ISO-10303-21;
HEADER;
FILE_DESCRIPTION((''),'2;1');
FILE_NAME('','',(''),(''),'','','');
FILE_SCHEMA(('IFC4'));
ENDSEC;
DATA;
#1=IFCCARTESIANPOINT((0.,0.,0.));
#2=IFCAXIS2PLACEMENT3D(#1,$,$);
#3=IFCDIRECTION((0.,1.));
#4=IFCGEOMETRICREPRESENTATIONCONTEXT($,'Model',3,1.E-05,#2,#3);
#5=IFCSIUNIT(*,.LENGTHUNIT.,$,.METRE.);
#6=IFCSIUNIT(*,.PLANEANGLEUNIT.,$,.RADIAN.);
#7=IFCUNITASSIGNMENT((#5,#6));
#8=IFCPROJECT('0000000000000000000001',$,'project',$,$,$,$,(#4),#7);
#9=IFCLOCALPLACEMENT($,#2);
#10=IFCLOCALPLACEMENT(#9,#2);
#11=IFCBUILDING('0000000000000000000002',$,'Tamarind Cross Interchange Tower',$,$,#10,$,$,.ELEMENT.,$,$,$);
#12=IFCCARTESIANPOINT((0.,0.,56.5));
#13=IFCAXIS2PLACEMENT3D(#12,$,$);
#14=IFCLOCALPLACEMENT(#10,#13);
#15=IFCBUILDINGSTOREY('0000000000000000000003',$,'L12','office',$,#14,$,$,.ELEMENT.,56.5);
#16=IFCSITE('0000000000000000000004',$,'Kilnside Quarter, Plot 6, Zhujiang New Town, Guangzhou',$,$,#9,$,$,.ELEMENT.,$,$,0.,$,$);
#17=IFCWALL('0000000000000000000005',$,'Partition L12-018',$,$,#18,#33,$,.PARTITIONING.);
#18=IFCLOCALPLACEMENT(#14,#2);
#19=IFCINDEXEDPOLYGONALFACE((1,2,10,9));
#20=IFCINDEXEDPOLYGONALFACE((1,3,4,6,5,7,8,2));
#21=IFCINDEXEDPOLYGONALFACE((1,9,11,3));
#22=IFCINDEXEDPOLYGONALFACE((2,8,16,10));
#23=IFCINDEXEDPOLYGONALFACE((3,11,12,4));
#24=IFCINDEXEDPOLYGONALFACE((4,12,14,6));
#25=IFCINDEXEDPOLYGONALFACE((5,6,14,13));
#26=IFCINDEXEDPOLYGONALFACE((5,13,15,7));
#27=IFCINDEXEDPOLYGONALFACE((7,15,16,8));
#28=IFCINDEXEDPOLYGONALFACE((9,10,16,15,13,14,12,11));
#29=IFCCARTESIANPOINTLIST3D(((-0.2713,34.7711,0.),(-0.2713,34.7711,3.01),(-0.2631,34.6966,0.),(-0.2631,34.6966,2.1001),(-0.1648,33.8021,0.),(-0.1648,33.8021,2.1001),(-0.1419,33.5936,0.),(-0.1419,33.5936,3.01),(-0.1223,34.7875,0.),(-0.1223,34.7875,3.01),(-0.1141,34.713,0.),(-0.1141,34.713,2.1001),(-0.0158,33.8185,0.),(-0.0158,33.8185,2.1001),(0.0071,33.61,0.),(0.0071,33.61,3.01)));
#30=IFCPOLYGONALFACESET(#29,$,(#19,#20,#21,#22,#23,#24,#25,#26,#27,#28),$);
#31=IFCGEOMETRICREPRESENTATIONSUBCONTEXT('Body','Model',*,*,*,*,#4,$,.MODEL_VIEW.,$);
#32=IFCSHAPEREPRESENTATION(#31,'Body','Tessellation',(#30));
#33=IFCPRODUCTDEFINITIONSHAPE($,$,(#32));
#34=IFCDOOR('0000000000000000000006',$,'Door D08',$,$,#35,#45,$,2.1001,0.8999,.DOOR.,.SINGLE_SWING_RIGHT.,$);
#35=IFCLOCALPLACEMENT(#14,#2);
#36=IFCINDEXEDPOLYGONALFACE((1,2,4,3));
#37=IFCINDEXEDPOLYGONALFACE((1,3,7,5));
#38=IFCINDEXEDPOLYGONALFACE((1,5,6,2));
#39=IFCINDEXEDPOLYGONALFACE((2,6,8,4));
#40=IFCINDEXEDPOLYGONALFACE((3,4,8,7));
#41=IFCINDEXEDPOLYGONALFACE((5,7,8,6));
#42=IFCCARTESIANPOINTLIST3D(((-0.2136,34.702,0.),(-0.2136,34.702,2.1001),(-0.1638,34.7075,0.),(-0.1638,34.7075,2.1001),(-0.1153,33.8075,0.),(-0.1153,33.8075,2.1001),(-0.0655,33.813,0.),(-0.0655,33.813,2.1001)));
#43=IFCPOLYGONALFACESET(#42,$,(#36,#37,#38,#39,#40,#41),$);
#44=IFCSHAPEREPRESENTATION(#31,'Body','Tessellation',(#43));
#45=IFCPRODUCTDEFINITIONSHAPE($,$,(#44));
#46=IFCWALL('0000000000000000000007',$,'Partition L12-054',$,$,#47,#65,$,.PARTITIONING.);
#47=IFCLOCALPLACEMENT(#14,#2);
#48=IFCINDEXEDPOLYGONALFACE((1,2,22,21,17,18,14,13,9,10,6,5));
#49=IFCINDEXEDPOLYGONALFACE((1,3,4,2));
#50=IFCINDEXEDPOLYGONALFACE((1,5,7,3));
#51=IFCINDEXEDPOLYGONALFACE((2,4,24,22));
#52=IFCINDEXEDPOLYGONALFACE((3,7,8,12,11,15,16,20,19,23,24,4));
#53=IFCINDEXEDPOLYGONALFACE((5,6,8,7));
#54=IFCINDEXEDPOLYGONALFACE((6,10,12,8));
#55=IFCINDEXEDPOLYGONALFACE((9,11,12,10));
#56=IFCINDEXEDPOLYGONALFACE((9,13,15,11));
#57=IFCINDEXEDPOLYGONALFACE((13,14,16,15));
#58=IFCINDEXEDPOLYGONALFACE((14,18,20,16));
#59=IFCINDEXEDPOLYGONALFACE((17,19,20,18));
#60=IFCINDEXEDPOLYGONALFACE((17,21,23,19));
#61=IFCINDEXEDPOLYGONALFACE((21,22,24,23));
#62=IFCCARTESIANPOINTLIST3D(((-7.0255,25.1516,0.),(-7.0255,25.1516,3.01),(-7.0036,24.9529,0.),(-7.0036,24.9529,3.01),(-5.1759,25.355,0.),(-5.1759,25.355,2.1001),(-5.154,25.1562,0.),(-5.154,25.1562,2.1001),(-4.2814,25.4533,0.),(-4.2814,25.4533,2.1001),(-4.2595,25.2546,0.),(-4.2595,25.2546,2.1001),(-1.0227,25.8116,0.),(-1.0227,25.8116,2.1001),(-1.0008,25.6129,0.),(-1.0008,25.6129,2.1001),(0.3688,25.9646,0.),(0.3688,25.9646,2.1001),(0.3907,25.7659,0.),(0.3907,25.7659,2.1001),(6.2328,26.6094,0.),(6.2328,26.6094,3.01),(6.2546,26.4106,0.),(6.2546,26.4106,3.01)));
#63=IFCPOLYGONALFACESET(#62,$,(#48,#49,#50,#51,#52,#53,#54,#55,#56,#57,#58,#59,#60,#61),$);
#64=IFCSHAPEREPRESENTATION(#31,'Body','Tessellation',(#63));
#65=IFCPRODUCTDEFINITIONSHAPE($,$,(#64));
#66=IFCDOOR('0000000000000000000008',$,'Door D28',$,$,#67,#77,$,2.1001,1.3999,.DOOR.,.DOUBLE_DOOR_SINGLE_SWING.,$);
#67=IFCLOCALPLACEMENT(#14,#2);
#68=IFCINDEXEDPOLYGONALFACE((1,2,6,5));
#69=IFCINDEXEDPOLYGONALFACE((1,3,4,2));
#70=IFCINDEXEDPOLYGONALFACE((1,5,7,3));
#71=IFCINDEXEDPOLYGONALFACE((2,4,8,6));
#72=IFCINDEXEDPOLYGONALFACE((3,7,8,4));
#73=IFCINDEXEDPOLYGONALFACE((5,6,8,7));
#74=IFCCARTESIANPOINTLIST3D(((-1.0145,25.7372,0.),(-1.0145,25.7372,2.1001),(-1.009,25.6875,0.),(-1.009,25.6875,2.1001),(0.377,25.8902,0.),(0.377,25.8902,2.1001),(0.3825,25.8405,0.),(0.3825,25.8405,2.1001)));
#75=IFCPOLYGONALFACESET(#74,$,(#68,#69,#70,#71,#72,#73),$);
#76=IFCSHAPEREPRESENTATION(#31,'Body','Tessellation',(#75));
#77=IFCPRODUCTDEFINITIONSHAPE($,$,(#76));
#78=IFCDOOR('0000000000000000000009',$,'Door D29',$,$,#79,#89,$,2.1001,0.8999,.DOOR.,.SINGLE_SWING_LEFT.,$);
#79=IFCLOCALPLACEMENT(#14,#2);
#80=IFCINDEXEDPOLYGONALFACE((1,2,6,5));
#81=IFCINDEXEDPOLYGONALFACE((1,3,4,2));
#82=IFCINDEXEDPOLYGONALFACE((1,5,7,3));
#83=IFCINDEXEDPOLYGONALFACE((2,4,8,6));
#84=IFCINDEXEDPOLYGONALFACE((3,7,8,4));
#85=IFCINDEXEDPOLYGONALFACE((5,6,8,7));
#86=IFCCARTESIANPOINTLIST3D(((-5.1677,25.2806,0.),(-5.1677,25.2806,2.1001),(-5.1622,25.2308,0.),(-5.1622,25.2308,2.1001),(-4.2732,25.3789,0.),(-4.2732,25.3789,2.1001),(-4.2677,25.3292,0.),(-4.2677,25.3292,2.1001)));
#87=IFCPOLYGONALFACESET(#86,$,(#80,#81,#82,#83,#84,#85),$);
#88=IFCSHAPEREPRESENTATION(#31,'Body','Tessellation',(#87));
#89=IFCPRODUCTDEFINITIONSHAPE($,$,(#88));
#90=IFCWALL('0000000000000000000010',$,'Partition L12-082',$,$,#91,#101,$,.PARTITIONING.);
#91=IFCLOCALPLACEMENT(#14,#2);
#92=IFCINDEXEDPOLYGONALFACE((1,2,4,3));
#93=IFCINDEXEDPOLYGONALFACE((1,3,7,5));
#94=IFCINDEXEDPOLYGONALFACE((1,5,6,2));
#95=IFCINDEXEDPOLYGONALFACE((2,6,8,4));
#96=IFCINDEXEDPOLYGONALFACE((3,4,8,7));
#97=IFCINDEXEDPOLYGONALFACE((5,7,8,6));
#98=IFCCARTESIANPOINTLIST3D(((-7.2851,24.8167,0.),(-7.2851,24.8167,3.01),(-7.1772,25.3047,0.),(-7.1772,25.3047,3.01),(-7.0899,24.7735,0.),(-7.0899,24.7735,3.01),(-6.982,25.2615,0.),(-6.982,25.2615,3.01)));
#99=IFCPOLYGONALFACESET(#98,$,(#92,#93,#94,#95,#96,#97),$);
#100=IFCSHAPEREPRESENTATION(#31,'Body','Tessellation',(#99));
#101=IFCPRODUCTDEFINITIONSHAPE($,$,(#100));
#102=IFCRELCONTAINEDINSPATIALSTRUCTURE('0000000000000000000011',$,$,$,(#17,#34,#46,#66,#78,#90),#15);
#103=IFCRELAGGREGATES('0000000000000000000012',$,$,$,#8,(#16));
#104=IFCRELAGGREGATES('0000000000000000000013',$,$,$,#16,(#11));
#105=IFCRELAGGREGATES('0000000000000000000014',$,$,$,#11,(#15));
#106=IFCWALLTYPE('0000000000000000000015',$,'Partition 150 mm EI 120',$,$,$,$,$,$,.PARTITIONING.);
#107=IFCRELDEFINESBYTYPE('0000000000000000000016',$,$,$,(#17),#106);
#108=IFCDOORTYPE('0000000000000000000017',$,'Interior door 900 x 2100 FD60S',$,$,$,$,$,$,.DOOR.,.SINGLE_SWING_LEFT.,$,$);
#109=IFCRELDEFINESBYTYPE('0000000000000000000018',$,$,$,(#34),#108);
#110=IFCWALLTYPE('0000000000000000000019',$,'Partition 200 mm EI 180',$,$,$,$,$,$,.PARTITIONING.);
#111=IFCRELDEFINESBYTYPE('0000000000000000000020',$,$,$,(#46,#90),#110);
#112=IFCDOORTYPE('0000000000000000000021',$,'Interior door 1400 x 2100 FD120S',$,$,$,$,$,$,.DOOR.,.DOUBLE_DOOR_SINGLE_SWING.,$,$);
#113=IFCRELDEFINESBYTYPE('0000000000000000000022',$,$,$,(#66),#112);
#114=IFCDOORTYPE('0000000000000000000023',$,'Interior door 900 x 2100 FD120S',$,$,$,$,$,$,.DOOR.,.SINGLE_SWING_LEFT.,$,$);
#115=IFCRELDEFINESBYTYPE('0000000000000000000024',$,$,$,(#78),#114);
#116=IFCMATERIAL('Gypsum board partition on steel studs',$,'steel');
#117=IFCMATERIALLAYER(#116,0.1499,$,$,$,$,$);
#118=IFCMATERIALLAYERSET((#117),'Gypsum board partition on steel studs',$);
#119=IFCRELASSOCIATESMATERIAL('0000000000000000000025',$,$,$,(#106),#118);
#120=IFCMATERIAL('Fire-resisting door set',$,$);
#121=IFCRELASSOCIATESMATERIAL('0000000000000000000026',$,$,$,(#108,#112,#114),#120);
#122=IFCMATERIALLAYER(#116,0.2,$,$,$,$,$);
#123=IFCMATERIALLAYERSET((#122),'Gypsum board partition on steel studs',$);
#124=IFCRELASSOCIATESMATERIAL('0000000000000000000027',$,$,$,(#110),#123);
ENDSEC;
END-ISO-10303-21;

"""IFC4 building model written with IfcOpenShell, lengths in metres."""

from ifc_helpers import new_model, si_unit, direction, frame, frame_2d, origin, place, context, subcontext, project, spatial, rectangle, extrude, material, layer, layer_set, type_object, element, fill, save


model = new_model("IFC4")

# Units and contexts
model_context = context("Model", 3, precision=1e-05, world=origin(), true_north=direction((0.0, 1.0)))
body_context = subcontext(model_context, "Body", "Model", "MODEL_VIEW")
ifc_project = project(units=[si_unit("LENGTHUNIT", "METRE"), si_unit("PLANEANGLEUNIT", "RADIAN")], contexts=[model_context])

# Site, building, storey
site_placement = place(None, origin())
site = spatial("IfcSite", under=ifc_project, at=site_placement, Name="Kilnside Quarter, Plot 6, Zhujiang New Town, Guangzhou", CompositionType="ELEMENT", RefElevation=0.0)
building_placement = place(site_placement, origin())
building = spatial("IfcBuilding", under=site, at=building_placement, Name="Tamarind Cross Interchange Tower", CompositionType="ELEMENT")
storey_placement = place(building_placement, frame((0.0, 0.0, 56.5)))
storey = spatial("IfcBuildingStorey", under=building, at=storey_placement, Name="L12", Description="office", CompositionType="ELEMENT", Elevation=56.5)

# Shared definitions
ifc_material_1 = material(Name="Gypsum board partition on steel studs", Category="steel")
ifc_layer_1 = layer(ifc_material_1, 0.1499)
ifc_layer_set_1 = layer_set([ifc_layer_1], Name="Gypsum board partition on steel studs")
wall_type_1 = type_object("IfcWallType", Name="Partition 150 mm EI 120", PredefinedType="PARTITIONING", material=ifc_layer_set_1)

# Shared definitions
ifc_material_2 = material(Name="Fire-resisting door set")
door_type_1 = type_object("IfcDoorType", Name="Interior door 900 x 2100 FD60S", OperationType="SINGLE_SWING_LEFT", PredefinedType="DOOR", material=ifc_material_2)

# Wall, opening, door
wall_1_placement = place(storey_placement, frame((-0.1968, 34.7793, 0.0), z_axis=(0.0, 0.0, 1.0), x_axis=(0.109233, -0.994016, 0.0)))
wall_1 = element("IfcWall", 1, at=wall_1_placement, inside=storey, type_object=wall_type_1, Name="Partition L12-018", PredefinedType="PARTITIONING", context=body_context, shape_type="SweptSolid", body=[
    extrude(rectangle(XDim=1.1846, YDim=0.1499, at=frame_2d((0.5923, 0.0))), origin(), (0.0, 0.0, 1.0), 3.01),
])
opening_1_placement = place(wall_1_placement, frame((0.075, 0.0, 0.0)))
opening_1 = element("IfcOpeningElement", 2, at=opening_1_placement, cuts=wall_1, PredefinedType="OPENING", context=body_context, shape_type="SweptSolid", body=[
    extrude(rectangle(XDim=0.8999, YDim=2.1001, at=frame_2d((0.45, 1.05))), frame((0.0, 0.085, 0.0), z_axis=(0.0, -1.0, 0.0), x_axis=(1.0, 0.0, 0.0)), (0.0, 0.0, 1.0), 0.1699),
])
door_1_placement = place(opening_1_placement, origin())
door_1 = element("IfcDoor", 3, at=door_1_placement, inside=storey, type_object=door_type_1, Name="Door D08", OperationType="SINGLE_SWING_RIGHT", OverallHeight=2.1001, OverallWidth=0.8999, PredefinedType="DOOR", context=body_context, shape_type="SweptSolid", body=[
    extrude(rectangle(XDim=0.8999, YDim=2.1001, at=frame_2d((0.45, 1.05))), frame((0.0, 0.0249, 0.0), z_axis=(0.0, -1.0, 0.0), x_axis=(1.0, 0.0, 0.0)), (0.0, 0.0, 1.0), 0.05),
])
fill(opening_1, door_1)

# Wall, openings, doors
ifc_layer_2 = layer(ifc_material_1, 0.2)
ifc_layer_set_2 = layer_set([ifc_layer_2], Name="Gypsum board partition on steel studs")
wall_type_2 = type_object("IfcWallType", Name="Partition 200 mm EI 180", PredefinedType="PARTITIONING", material=ifc_layer_set_2)
wall_2_placement = place(storey_placement, frame((-7.0144, 25.0522, 0.0), z_axis=(0.0, 0.0, 1.0), x_axis=(0.99401, 0.109292, 0.0)))
wall_2 = element("IfcWall", 4, at=wall_2_placement, inside=storey, type_object=wall_type_2, Name="Partition L12-054", PredefinedType="PARTITIONING", context=body_context, shape_type="SweptSolid", body=[
    extrude(rectangle(XDim=13.3381, YDim=0.2, at=frame_2d((6.6689, 0.0))), origin(), (0.0, 0.0, 1.0), 3.01),
])
opening_2_placement = place(wall_2_placement, frame((6.0388, 0.0, 0.0)))
opening_2 = element("IfcOpeningElement", 5, at=opening_2_placement, cuts=wall_2, PredefinedType="OPENING", context=body_context, shape_type="SweptSolid", body=[
    extrude(rectangle(XDim=1.3999, YDim=2.1001, at=frame_2d((0.7, 1.05))), frame((0.0, 0.1099, 0.0), z_axis=(0.0, -1.0, 0.0), x_axis=(1.0, 0.0, 0.0)), (0.0, 0.0, 1.0), 0.22),
])
opening_3_placement = place(wall_2_placement, frame((1.8606, 0.0, 0.0)))
opening_3 = element("IfcOpeningElement", 6, at=opening_3_placement, cuts=wall_2, PredefinedType="OPENING", context=body_context, shape_type="SweptSolid", body=[
    extrude(rectangle(XDim=0.8999, YDim=2.1001, at=frame_2d((0.45, 1.05))), frame((0.0, 0.1099, 0.0), z_axis=(0.0, -1.0, 0.0), x_axis=(1.0, 0.0, 0.0)), (0.0, 0.0, 1.0), 0.22),
])
door_type_2 = type_object("IfcDoorType", Name="Interior door 1400 x 2100 FD120S", OperationType="DOUBLE_DOOR_SINGLE_SWING", PredefinedType="DOOR", material=ifc_material_2)
door_2_placement = place(opening_2_placement, frame((1.3999, 0.0, 0.0), z_axis=(0.0, 0.0, 1.0), x_axis=(-1.0, 0.0, 0.0)))
door_2 = element("IfcDoor", 7, at=door_2_placement, inside=storey, type_object=door_type_2, Name="Door D28", OperationType="DOUBLE_DOOR_SINGLE_SWING", OverallHeight=2.1001, OverallWidth=1.3999, PredefinedType="DOOR", context=body_context, shape_type="SweptSolid", body=[
    extrude(rectangle(XDim=1.3999, YDim=2.1001, at=frame_2d((0.7, 1.05))), frame((0.0, 0.0249, 0.0), z_axis=(0.0, -1.0, 0.0), x_axis=(1.0, 0.0, 0.0)), (0.0, 0.0, 1.0), 0.05),
])
fill(opening_2, door_2)
door_type_3 = type_object("IfcDoorType", Name="Interior door 900 x 2100 FD120S", OperationType="SINGLE_SWING_LEFT", PredefinedType="DOOR", material=ifc_material_2)
door_3_placement = place(opening_3_placement, frame((0.8999, 0.0, 0.0), z_axis=(0.0, 0.0, 1.0), x_axis=(-1.0, 0.0, 0.0)))
door_3 = element("IfcDoor", 8, at=door_3_placement, inside=storey, type_object=door_type_3, Name="Door D29", OperationType="SINGLE_SWING_LEFT", OverallHeight=2.1001, OverallWidth=0.8999, PredefinedType="DOOR", context=body_context, shape_type="SweptSolid", body=[
    extrude(rectangle(XDim=0.8999, YDim=2.1001, at=frame_2d((0.45, 1.05))), frame((0.0, 0.0249, 0.0), z_axis=(0.0, -1.0, 0.0), x_axis=(1.0, 0.0, 0.0)), (0.0, 0.0, 1.0), 0.05),
])
fill(opening_3, door_3)

# Wall
wall_3_placement = place(storey_placement, frame((-7.0796, 25.2832, 0.0), z_axis=(0.0, 0.0, 1.0), x_axis=(-0.215896, -0.976416, 0.0)))
element("IfcWall", 9, at=wall_3_placement, inside=storey, type_object=wall_type_2, Name="Partition L12-082", PredefinedType="PARTITIONING", context=body_context, shape_type="SweptSolid", body=[
    extrude(rectangle(XDim=0.4998, YDim=0.2, at=frame_2d((0.25, 0.0))), origin(), (0.0, 0.0, 1.0), 3.01),
])

save(model, "model.ifc")
